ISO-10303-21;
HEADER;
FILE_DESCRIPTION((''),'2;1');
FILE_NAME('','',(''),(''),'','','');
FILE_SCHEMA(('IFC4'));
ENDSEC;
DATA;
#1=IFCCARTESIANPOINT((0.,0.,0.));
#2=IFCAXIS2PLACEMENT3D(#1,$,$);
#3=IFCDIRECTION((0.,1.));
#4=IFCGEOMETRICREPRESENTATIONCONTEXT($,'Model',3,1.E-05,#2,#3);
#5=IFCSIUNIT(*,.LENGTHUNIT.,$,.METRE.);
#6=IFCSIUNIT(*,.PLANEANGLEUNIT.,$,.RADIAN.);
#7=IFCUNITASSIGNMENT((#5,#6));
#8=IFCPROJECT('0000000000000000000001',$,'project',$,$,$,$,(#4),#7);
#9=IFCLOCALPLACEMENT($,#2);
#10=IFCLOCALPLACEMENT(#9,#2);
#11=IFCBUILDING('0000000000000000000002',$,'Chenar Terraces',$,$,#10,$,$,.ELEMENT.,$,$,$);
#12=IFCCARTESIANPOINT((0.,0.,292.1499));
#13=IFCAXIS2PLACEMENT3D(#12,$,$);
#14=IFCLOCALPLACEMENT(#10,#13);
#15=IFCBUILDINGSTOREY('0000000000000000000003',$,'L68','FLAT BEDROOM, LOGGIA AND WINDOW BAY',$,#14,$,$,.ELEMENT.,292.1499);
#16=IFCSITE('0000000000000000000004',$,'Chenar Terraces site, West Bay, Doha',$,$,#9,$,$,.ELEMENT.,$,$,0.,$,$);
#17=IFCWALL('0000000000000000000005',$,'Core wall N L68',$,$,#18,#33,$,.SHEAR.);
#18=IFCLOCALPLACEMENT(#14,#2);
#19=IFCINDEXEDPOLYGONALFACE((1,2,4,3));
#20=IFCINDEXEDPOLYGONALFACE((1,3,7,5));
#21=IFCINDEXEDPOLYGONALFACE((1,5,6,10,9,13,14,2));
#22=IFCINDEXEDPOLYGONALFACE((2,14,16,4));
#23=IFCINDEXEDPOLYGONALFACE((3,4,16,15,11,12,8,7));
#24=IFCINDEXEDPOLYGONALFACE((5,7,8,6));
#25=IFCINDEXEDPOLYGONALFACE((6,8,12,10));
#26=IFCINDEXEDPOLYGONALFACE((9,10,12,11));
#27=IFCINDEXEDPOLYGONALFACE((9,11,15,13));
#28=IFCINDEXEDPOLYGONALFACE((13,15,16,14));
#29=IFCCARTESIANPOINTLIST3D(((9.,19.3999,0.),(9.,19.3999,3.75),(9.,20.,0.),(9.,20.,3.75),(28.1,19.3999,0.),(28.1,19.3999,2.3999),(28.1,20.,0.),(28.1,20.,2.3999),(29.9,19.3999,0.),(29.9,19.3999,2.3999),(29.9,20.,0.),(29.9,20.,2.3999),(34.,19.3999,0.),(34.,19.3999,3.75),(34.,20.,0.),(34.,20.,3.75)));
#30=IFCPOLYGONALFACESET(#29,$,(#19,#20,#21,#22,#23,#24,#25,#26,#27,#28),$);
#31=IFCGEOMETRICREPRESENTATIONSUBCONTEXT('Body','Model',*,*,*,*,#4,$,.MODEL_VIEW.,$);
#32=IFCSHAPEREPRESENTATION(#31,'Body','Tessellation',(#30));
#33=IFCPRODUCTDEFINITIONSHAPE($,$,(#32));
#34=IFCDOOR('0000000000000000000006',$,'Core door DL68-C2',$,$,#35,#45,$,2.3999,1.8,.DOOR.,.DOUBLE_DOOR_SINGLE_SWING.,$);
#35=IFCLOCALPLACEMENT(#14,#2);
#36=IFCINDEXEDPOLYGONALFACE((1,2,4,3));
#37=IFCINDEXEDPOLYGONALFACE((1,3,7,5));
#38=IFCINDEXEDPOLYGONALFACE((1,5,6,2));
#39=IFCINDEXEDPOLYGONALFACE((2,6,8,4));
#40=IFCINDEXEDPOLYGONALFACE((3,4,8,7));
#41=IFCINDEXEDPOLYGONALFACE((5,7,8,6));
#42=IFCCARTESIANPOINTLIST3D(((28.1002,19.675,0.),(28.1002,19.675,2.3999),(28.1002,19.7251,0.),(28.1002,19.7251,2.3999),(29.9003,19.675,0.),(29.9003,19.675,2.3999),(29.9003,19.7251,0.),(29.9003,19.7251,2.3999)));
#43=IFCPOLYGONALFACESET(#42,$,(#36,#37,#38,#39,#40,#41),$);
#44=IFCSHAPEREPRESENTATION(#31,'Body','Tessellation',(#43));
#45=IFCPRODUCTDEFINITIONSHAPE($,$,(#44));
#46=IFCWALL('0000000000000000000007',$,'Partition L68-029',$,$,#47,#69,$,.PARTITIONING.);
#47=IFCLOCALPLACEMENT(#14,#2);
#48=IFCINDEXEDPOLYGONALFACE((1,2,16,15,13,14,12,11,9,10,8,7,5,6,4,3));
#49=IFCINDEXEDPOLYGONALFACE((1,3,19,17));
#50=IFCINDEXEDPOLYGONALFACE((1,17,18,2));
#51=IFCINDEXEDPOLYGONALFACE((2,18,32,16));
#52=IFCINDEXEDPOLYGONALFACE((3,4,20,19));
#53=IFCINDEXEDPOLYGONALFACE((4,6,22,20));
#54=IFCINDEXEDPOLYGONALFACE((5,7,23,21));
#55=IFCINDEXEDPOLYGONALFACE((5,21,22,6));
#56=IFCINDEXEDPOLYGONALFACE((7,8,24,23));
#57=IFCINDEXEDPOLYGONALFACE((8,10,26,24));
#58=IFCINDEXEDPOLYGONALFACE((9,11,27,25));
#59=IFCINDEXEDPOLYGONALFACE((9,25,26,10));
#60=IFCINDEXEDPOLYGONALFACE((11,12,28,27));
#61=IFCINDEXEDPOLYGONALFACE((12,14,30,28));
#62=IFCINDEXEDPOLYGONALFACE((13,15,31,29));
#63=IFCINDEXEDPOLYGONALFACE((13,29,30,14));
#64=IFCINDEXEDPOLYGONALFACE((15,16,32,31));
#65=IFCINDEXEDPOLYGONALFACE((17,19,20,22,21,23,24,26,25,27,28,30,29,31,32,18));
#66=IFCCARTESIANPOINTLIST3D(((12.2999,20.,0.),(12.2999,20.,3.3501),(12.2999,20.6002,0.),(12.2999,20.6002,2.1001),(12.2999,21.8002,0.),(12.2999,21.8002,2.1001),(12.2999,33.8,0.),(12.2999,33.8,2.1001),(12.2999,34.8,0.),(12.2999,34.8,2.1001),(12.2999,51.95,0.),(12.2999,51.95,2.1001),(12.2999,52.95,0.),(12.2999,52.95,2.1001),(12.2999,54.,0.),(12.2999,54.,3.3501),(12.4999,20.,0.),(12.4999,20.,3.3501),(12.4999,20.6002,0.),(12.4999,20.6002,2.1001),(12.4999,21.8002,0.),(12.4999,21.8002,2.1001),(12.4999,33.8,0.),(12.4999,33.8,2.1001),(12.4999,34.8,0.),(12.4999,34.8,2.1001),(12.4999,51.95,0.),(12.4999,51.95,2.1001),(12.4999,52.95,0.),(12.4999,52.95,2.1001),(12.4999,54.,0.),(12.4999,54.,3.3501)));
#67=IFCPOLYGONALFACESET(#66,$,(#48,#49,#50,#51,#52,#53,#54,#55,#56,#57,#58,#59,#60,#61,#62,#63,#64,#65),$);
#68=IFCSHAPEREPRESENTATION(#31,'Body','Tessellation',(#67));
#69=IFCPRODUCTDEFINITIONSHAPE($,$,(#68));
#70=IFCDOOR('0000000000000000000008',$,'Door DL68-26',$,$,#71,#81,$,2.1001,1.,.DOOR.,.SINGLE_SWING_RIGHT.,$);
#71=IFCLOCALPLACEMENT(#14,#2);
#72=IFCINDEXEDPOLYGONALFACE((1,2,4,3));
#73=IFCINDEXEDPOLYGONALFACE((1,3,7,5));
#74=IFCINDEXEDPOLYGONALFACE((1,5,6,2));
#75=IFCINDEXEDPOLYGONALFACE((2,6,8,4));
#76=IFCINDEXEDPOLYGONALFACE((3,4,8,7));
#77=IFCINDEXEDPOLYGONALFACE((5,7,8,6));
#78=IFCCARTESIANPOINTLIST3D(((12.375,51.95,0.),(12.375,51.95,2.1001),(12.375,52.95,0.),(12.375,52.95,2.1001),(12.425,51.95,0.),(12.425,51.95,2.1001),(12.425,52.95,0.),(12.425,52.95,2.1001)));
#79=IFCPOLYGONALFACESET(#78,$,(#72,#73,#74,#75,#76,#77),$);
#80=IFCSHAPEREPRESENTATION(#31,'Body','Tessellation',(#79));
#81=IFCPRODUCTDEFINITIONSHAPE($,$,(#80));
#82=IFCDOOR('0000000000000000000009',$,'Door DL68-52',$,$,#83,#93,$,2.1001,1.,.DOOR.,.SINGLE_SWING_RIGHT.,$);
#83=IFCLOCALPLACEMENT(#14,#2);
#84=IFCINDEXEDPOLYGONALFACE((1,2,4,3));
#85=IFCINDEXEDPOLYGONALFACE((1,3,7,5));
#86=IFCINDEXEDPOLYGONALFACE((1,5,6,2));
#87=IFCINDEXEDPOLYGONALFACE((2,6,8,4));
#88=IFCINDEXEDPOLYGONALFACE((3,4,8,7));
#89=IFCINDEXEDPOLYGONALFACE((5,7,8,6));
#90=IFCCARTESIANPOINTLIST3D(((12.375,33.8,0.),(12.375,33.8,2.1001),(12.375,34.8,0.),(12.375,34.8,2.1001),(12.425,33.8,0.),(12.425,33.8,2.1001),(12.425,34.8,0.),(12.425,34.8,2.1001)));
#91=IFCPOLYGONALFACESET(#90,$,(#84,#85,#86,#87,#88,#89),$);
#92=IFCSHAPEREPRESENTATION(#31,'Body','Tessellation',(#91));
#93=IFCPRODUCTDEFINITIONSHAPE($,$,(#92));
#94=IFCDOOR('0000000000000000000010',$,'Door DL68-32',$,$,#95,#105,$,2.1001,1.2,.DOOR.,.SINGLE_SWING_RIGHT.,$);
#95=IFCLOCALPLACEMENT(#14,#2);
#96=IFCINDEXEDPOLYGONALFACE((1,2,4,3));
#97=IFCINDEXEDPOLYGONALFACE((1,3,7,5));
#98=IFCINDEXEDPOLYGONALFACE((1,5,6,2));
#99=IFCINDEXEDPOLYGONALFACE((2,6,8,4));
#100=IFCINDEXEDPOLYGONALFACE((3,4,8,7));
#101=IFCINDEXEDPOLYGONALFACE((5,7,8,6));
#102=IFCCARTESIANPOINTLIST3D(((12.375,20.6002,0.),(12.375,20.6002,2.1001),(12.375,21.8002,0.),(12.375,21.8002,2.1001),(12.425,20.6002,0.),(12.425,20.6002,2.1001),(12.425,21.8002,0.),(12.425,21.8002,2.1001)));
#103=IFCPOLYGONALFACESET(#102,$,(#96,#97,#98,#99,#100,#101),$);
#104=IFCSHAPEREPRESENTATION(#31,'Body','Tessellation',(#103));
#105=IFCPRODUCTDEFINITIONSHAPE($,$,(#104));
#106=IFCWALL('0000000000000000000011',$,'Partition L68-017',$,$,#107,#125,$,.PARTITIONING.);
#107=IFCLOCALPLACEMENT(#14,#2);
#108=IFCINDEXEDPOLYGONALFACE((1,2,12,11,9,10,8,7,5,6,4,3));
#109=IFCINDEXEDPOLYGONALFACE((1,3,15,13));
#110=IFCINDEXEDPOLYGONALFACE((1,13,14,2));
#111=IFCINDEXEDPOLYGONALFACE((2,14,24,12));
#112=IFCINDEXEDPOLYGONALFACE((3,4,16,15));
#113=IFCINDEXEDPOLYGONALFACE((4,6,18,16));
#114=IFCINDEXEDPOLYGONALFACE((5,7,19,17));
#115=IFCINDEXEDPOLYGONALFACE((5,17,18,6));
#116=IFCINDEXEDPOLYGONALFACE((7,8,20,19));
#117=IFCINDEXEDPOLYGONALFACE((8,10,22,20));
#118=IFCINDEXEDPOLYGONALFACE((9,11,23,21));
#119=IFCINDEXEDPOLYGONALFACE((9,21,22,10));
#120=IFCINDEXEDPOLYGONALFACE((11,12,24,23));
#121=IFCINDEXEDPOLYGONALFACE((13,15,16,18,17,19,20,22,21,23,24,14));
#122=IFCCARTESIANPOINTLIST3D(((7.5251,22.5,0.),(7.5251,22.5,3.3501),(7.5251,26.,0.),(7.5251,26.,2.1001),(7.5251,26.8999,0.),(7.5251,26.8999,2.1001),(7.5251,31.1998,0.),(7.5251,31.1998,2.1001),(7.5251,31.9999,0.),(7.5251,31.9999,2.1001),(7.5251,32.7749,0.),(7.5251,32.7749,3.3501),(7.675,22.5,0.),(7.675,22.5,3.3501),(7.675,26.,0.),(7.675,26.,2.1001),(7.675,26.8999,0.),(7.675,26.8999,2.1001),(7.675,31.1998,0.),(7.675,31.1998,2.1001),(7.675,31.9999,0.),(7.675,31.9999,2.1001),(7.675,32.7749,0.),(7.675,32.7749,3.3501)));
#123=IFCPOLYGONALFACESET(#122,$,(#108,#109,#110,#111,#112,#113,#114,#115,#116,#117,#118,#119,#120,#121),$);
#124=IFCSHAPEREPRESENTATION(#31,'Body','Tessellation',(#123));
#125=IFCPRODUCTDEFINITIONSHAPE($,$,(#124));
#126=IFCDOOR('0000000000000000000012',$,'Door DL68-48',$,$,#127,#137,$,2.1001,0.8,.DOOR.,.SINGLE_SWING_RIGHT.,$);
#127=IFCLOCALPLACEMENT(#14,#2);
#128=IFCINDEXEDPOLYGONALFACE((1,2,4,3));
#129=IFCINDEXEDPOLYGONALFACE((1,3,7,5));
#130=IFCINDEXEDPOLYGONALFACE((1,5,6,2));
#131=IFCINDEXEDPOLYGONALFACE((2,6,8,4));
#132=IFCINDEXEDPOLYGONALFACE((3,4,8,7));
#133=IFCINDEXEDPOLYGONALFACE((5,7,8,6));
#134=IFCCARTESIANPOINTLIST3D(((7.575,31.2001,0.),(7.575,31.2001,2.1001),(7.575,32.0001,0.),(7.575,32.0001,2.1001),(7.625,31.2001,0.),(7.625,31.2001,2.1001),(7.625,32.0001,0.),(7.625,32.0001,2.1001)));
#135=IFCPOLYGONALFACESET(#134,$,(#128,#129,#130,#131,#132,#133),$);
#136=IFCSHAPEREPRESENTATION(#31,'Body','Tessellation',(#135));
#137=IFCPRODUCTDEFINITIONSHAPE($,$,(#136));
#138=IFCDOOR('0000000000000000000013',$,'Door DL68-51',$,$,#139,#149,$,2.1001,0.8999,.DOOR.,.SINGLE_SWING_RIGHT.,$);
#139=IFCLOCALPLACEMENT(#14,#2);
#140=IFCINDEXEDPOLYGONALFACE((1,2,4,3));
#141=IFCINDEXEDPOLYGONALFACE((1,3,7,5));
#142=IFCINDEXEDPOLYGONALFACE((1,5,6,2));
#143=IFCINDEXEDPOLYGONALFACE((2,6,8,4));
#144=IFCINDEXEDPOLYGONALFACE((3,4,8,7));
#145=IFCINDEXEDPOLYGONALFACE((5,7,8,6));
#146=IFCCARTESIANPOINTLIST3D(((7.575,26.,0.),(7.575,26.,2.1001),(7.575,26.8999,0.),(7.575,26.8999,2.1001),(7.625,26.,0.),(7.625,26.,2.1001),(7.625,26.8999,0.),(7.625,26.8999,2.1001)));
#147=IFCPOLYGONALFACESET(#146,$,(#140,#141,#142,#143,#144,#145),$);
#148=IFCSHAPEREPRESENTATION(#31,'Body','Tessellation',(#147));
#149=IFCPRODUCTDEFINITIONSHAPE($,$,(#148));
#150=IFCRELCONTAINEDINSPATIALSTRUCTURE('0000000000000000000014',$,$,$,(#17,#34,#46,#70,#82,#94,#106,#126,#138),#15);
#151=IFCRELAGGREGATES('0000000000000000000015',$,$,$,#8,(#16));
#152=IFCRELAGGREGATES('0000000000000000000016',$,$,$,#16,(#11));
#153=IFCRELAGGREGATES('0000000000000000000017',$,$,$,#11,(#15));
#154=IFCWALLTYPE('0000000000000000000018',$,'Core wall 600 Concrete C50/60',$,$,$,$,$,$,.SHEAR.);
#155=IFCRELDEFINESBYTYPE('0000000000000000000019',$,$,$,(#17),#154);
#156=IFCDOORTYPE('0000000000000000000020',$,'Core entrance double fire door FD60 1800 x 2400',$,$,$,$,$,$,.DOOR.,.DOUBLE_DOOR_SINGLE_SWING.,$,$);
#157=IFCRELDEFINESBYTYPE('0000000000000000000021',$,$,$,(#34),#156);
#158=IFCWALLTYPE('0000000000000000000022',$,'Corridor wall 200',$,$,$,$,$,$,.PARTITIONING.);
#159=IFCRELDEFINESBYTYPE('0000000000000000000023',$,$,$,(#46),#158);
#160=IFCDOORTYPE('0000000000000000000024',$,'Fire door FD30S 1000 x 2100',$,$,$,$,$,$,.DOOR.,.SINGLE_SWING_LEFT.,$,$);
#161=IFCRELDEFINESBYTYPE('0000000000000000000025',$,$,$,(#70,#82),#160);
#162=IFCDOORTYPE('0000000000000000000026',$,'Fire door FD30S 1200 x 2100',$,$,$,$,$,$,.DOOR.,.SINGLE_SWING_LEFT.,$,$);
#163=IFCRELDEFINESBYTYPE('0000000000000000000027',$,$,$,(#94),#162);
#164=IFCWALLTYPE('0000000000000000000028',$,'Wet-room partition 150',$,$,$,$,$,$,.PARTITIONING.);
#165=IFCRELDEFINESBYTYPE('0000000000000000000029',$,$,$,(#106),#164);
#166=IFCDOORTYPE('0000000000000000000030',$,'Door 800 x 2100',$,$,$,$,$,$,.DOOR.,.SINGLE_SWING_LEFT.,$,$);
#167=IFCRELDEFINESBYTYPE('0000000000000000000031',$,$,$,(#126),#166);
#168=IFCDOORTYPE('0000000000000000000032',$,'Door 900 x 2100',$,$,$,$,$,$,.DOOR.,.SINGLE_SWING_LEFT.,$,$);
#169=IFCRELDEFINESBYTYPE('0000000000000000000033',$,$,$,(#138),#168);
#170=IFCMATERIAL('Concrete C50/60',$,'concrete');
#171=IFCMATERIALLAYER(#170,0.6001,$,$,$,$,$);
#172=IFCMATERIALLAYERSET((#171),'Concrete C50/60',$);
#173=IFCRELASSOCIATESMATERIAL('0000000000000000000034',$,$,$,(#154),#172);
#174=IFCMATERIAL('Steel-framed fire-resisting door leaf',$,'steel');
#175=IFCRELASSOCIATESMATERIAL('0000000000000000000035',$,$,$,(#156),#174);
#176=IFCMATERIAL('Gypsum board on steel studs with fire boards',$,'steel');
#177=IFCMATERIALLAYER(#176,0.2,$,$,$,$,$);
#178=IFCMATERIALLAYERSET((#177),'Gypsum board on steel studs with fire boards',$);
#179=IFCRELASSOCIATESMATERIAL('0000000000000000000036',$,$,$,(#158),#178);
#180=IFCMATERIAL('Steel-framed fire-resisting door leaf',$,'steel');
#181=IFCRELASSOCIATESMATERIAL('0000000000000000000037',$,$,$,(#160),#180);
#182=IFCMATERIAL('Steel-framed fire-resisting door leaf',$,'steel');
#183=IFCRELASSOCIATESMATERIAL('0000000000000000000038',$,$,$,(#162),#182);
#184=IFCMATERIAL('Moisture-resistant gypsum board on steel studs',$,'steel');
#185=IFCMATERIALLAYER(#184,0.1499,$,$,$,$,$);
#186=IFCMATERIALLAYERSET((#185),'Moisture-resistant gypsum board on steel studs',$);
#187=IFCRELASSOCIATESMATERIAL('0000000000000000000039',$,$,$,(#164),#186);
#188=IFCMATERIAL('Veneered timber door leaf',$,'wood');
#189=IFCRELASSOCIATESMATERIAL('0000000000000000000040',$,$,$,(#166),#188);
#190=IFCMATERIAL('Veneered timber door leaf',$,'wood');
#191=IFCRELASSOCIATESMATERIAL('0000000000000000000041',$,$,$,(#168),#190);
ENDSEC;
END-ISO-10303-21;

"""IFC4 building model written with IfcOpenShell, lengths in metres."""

from ifc_helpers import new_model, si_unit, direction, frame, frame_2d, origin, place, context, subcontext, project, spatial, rectangle, extrude, material, layer, layer_set, type_object, element, fill, save


model = new_model("IFC4")

# Units and contexts
model_context = context("Model", 3, precision=1e-05, world=origin(), true_north=direction((0.0, 1.0)))
body_context = subcontext(model_context, "Body", "Model", "MODEL_VIEW")
ifc_project = project(units=[si_unit("LENGTHUNIT", "METRE"), si_unit("PLANEANGLEUNIT", "RADIAN")], contexts=[model_context])

# Site, building, storey
site_placement = place(None, origin())
site = spatial("IfcSite", under=ifc_project, at=site_placement, Name="Chenar Terraces site, West Bay, Doha", CompositionType="ELEMENT", RefElevation=0.0)
building_placement = place(site_placement, origin())
building = spatial("IfcBuilding", under=site, at=building_placement, Name="Chenar Terraces", CompositionType="ELEMENT")
storey_placement = place(building_placement, frame((0.0, 0.0, 292.1499)))
storey = spatial("IfcBuildingStorey", under=building, at=storey_placement, Name="L68", Description="FLAT BEDROOM, LOGGIA AND WINDOW BAY", CompositionType="ELEMENT", Elevation=292.1499)

# Wall, opening, door
ifc_material_1 = material(Name="Concrete C50/60", Category="concrete")
ifc_layer_1 = layer(ifc_material_1, 0.6001)
ifc_layer_set_1 = layer_set([ifc_layer_1], Name="Concrete C50/60")
wall_type_1 = type_object("IfcWallType", Name="Core wall 600 Concrete C50/60", PredefinedType="SHEAR", material=ifc_layer_set_1)
wall_1_placement = place(storey_placement, frame((9.0, 19.7, 0.0), z_axis=(0.0, 0.0, 1.0), x_axis=(1.0, 0.0, 0.0)))
wall_1 = element("IfcWall", 1, at=wall_1_placement, inside=storey, type_object=wall_type_1, Name="Core wall N L68", PredefinedType="SHEAR", context=body_context, shape_type="SweptSolid", body=[
    extrude(rectangle(XDim=25.0, YDim=0.6001, at=frame_2d((12.5, 0.0))), origin(), (0.0, 0.0, 1.0), 3.75),
])
opening_1_placement = place(wall_1_placement, frame((19.1001, 0.0, 0.0)))
opening_1 = element("IfcOpeningElement", 2, at=opening_1_placement, cuts=wall_1, PredefinedType="OPENING", context=body_context, shape_type="SweptSolid", body=[
    extrude(rectangle(XDim=1.8, YDim=2.3999, at=frame_2d((0.8999, 1.2))), frame((0.0, 0.3101, 0.0), z_axis=(0.0, -1.0, 0.0), x_axis=(1.0, 0.0, 0.0)), (0.0, 0.0, 1.0), 0.6201),
])
ifc_material_2 = material(Name="Steel-framed fire-resisting door leaf", Category="steel")
door_type_1 = type_object("IfcDoorType", Name="Core entrance double fire door FD60 1800 x 2400", OperationType="DOUBLE_DOOR_SINGLE_SWING", PredefinedType="DOOR", material=ifc_material_2)
door_1_placement = place(opening_1_placement, frame((1.8, 0.0, 0.0), z_axis=(0.0, 0.0, 1.0), x_axis=(-1.0, 0.0, 0.0)))
door_1 = element("IfcDoor", 3, at=door_1_placement, inside=storey, type_object=door_type_1, Name="Core door DL68-C2", OperationType="DOUBLE_DOOR_SINGLE_SWING", OverallHeight=2.3999, OverallWidth=1.8, PredefinedType="DOOR", context=body_context, shape_type="SweptSolid", body=[
    extrude(rectangle(XDim=1.8, YDim=2.3999, at=frame_2d((0.8999, 1.2))), frame((0.0, 0.0249, 0.0), z_axis=(0.0, -1.0, 0.0), x_axis=(1.0, 0.0, 0.0)), (0.0, 0.0, 1.0), 0.05),
])
fill(opening_1, door_1)

# Walls, openings, doors
ifc_material_3 = material(Name="Gypsum board on steel studs with fire boards", Category="steel")
ifc_layer_2 = layer(ifc_material_3, 0.2)
ifc_layer_set_2 = layer_set([ifc_layer_2], Name="Gypsum board on steel studs with fire boards")
wall_type_2 = type_object("IfcWallType", Name="Corridor wall 200", PredefinedType="PARTITIONING", material=ifc_layer_set_2)
wall_2_placement = place(storey_placement, frame((12.3999, 20.0, 0.0), z_axis=(0.0, 0.0, 1.0), x_axis=(0.0, 1.0, 0.0)))
wall_2 = element("IfcWall", 4, at=wall_2_placement, inside=storey, type_object=wall_type_2, Name="Partition L68-029", PredefinedType="PARTITIONING", context=body_context, shape_type="SweptSolid", body=[
    extrude(rectangle(XDim=34.0, YDim=0.2, at=frame_2d((17.0, 0.0))), origin(), (0.0, 0.0, 1.0), 3.3501),
])
opening_2_placement = place(wall_2_placement, frame((31.95, 0.0, 0.0)))
opening_2 = element("IfcOpeningElement", 5, at=opening_2_placement, cuts=wall_2, PredefinedType="OPENING", context=body_context, shape_type="SweptSolid", body=[
    extrude(rectangle(XDim=1.0, YDim=2.1001, at=frame_2d((0.5, 1.05))), frame((0.0, 0.1099, 0.0), z_axis=(0.0, -1.0, 0.0), x_axis=(1.0, 0.0, 0.0)), (0.0, 0.0, 1.0), 0.22),
])
opening_3_placement = place(wall_2_placement, frame((0.6001, 0.0, 0.0)))
opening_3 = element("IfcOpeningElement", 6, at=opening_3_placement, cuts=wall_2, PredefinedType="OPENING", context=body_context, shape_type="SweptSolid", body=[
    extrude(rectangle(XDim=1.2, YDim=2.1001, at=frame_2d((0.6001, 1.05))), frame((0.0, 0.1099, 0.0), z_axis=(0.0, -1.0, 0.0), x_axis=(1.0, 0.0, 0.0)), (0.0, 0.0, 1.0), 0.22),
])
opening_4_placement = place(wall_2_placement, frame((13.8, 0.0, 0.0)))
opening_4 = element("IfcOpeningElement", 7, at=opening_4_placement, cuts=wall_2, PredefinedType="OPENING", context=body_context, shape_type="SweptSolid", body=[
    extrude(rectangle(XDim=1.0, YDim=2.1001, at=frame_2d((0.5, 1.05))), frame((0.0, 0.1099, 0.0), z_axis=(0.0, -1.0, 0.0), x_axis=(1.0, 0.0, 0.0)), (0.0, 0.0, 1.0), 0.22),
])
ifc_material_4 = material(Name="Steel-framed fire-resisting door leaf", Category="steel")
door_type_2 = type_object("IfcDoorType", Name="Fire door FD30S 1000 x 2100", OperationType="SINGLE_SWING_LEFT", PredefinedType="DOOR", material=ifc_material_4)
door_2_placement = place(opening_2_placement, origin())
door_2 = element("IfcDoor", 8, at=door_2_placement, inside=storey, type_object=door_type_2, Name="Door DL68-26", OperationType="SINGLE_SWING_RIGHT", OverallHeight=2.1001, OverallWidth=1.0, PredefinedType="DOOR", context=body_context, shape_type="SweptSolid", body=[
    extrude(rectangle(XDim=1.0, YDim=2.1001, at=frame_2d((0.5, 1.05))), frame((0.0, 0.0249, 0.0), z_axis=(0.0, -1.0, 0.0), x_axis=(1.0, 0.0, 0.0)), (0.0, 0.0, 1.0), 0.05),
])
fill(opening_2, door_2)
door_3_placement = place(opening_4_placement, origin())
door_3 = element("IfcDoor", 9, at=door_3_placement, inside=storey, type_object=door_type_2, Name="Door DL68-52", OperationType="SINGLE_SWING_RIGHT", OverallHeight=2.1001, OverallWidth=1.0, PredefinedType="DOOR", context=body_context, shape_type="SweptSolid", body=[
    extrude(rectangle(XDim=1.0, YDim=2.1001, at=frame_2d((0.5, 1.05))), frame((0.0, 0.0249, 0.0), z_axis=(0.0, -1.0, 0.0), x_axis=(1.0, 0.0, 0.0)), (0.0, 0.0, 1.0), 0.05),
])
fill(opening_4, door_3)
ifc_material_5 = material(Name="Steel-framed fire-resisting door leaf", Category="steel")
door_type_3 = type_object("IfcDoorType", Name="Fire door FD30S 1200 x 2100", OperationType="SINGLE_SWING_LEFT", PredefinedType="DOOR", material=ifc_material_5)
door_4_placement = place(opening_3_placement, origin())
door_4 = element("IfcDoor", 10, at=door_4_placement, inside=storey, type_object=door_type_3, Name="Door DL68-32", OperationType="SINGLE_SWING_RIGHT", OverallHeight=2.1001, OverallWidth=1.2, PredefinedType="DOOR", context=body_context, shape_type="SweptSolid", body=[
    extrude(rectangle(XDim=1.2, YDim=2.1001, at=frame_2d((0.6001, 1.05))), frame((0.0, 0.0249, 0.0), z_axis=(0.0, -1.0, 0.0), x_axis=(1.0, 0.0, 0.0)), (0.0, 0.0, 1.0), 0.05),
])
fill(opening_3, door_4)
ifc_material_6 = material(Name="Moisture-resistant gypsum board on steel studs", Category="steel")
ifc_layer_3 = layer(ifc_material_6, 0.1499)
ifc_layer_set_3 = layer_set([ifc_layer_3], Name="Moisture-resistant gypsum board on steel studs")
wall_type_3 = type_object("IfcWallType", Name="Wet-room partition 150", PredefinedType="PARTITIONING", material=ifc_layer_set_3)
wall_3_placement = place(storey_placement, frame((7.6001, 22.5, 0.0), z_axis=(0.0, 0.0, 1.0), x_axis=(0.0, 1.0, 0.0)))
wall_3 = element("IfcWall", 11, at=wall_3_placement, inside=storey, type_object=wall_type_3, Name="Partition L68-017", PredefinedType="PARTITIONING", context=body_context, shape_type="SweptSolid", body=[
    extrude(rectangle(XDim=10.2749, YDim=0.1499, at=frame_2d((5.1375, 0.0))), origin(), (0.0, 0.0, 1.0), 3.3501),
])
opening_5_placement = place(wall_3_placement, frame((8.7, 0.0, 0.0)))
opening_5 = element("IfcOpeningElement", 12, at=opening_5_placement, cuts=wall_3, PredefinedType="OPENING", context=body_context, shape_type="SweptSolid", body=[
    extrude(rectangle(XDim=0.8, YDim=2.1001, at=frame_2d((0.3999, 1.05))), frame((0.0, 0.085, 0.0), z_axis=(0.0, -1.0, 0.0), x_axis=(1.0, 0.0, 0.0)), (0.0, 0.0, 1.0), 0.1699),
])
opening_6_placement = place(wall_3_placement, frame((3.5, 0.0, 0.0)))
opening_6 = element("IfcOpeningElement", 13, at=opening_6_placement, cuts=wall_3, PredefinedType="OPENING", context=body_context, shape_type="SweptSolid", body=[
    extrude(rectangle(XDim=0.8999, YDim=2.1001, at=frame_2d((0.45, 1.05))), frame((0.0, 0.085, 0.0), z_axis=(0.0, -1.0, 0.0), x_axis=(1.0, 0.0, 0.0)), (0.0, 0.0, 1.0), 0.1699),
])
ifc_material_7 = material(Name="Veneered timber door leaf", Category="wood")
door_type_4 = type_object("IfcDoorType", Name="Door 800 x 2100", OperationType="SINGLE_SWING_LEFT", PredefinedType="DOOR", material=ifc_material_7)
door_5_placement = place(opening_5_placement, frame((0.8, 0.0, 0.0), z_axis=(0.0, 0.0, 1.0), x_axis=(-1.0, 0.0, 0.0)))
door_5 = element("IfcDoor", 14, at=door_5_placement, inside=storey, type_object=door_type_4, Name="Door DL68-48", OperationType="SINGLE_SWING_RIGHT", OverallHeight=2.1001, OverallWidth=0.8, PredefinedType="DOOR", context=body_context, shape_type="SweptSolid", body=[
    extrude(rectangle(XDim=0.8, YDim=2.1001, at=frame_2d((0.3999, 1.05))), frame((0.0, 0.0249, 0.0), z_axis=(0.0, -1.0, 0.0), x_axis=(1.0, 0.0, 0.0)), (0.0, 0.0, 1.0), 0.05),
])
fill(opening_5, door_5)
ifc_material_8 = material(Name="Veneered timber door leaf", Category="wood")
door_type_5 = type_object("IfcDoorType", Name="Door 900 x 2100", OperationType="SINGLE_SWING_LEFT", PredefinedType="DOOR", material=ifc_material_8)
door_6_placement = place(opening_6_placement, frame((0.8999, 0.0, 0.0), z_axis=(0.0, 0.0, 1.0), x_axis=(-1.0, 0.0, 0.0)))
door_6 = element("IfcDoor", 15, at=door_6_placement, inside=storey, type_object=door_type_5, Name="Door DL68-51", OperationType="SINGLE_SWING_RIGHT", OverallHeight=2.1001, OverallWidth=0.8999, PredefinedType="DOOR", context=body_context, shape_type="SweptSolid", body=[
    extrude(rectangle(XDim=0.8999, YDim=2.1001, at=frame_2d((0.45, 1.05))), frame((0.0, 0.0249, 0.0), z_axis=(0.0, -1.0, 0.0), x_axis=(1.0, 0.0, 0.0)), (0.0, 0.0, 1.0), 0.05),
])
fill(opening_6, door_6)

save(model, "model.ifc")
